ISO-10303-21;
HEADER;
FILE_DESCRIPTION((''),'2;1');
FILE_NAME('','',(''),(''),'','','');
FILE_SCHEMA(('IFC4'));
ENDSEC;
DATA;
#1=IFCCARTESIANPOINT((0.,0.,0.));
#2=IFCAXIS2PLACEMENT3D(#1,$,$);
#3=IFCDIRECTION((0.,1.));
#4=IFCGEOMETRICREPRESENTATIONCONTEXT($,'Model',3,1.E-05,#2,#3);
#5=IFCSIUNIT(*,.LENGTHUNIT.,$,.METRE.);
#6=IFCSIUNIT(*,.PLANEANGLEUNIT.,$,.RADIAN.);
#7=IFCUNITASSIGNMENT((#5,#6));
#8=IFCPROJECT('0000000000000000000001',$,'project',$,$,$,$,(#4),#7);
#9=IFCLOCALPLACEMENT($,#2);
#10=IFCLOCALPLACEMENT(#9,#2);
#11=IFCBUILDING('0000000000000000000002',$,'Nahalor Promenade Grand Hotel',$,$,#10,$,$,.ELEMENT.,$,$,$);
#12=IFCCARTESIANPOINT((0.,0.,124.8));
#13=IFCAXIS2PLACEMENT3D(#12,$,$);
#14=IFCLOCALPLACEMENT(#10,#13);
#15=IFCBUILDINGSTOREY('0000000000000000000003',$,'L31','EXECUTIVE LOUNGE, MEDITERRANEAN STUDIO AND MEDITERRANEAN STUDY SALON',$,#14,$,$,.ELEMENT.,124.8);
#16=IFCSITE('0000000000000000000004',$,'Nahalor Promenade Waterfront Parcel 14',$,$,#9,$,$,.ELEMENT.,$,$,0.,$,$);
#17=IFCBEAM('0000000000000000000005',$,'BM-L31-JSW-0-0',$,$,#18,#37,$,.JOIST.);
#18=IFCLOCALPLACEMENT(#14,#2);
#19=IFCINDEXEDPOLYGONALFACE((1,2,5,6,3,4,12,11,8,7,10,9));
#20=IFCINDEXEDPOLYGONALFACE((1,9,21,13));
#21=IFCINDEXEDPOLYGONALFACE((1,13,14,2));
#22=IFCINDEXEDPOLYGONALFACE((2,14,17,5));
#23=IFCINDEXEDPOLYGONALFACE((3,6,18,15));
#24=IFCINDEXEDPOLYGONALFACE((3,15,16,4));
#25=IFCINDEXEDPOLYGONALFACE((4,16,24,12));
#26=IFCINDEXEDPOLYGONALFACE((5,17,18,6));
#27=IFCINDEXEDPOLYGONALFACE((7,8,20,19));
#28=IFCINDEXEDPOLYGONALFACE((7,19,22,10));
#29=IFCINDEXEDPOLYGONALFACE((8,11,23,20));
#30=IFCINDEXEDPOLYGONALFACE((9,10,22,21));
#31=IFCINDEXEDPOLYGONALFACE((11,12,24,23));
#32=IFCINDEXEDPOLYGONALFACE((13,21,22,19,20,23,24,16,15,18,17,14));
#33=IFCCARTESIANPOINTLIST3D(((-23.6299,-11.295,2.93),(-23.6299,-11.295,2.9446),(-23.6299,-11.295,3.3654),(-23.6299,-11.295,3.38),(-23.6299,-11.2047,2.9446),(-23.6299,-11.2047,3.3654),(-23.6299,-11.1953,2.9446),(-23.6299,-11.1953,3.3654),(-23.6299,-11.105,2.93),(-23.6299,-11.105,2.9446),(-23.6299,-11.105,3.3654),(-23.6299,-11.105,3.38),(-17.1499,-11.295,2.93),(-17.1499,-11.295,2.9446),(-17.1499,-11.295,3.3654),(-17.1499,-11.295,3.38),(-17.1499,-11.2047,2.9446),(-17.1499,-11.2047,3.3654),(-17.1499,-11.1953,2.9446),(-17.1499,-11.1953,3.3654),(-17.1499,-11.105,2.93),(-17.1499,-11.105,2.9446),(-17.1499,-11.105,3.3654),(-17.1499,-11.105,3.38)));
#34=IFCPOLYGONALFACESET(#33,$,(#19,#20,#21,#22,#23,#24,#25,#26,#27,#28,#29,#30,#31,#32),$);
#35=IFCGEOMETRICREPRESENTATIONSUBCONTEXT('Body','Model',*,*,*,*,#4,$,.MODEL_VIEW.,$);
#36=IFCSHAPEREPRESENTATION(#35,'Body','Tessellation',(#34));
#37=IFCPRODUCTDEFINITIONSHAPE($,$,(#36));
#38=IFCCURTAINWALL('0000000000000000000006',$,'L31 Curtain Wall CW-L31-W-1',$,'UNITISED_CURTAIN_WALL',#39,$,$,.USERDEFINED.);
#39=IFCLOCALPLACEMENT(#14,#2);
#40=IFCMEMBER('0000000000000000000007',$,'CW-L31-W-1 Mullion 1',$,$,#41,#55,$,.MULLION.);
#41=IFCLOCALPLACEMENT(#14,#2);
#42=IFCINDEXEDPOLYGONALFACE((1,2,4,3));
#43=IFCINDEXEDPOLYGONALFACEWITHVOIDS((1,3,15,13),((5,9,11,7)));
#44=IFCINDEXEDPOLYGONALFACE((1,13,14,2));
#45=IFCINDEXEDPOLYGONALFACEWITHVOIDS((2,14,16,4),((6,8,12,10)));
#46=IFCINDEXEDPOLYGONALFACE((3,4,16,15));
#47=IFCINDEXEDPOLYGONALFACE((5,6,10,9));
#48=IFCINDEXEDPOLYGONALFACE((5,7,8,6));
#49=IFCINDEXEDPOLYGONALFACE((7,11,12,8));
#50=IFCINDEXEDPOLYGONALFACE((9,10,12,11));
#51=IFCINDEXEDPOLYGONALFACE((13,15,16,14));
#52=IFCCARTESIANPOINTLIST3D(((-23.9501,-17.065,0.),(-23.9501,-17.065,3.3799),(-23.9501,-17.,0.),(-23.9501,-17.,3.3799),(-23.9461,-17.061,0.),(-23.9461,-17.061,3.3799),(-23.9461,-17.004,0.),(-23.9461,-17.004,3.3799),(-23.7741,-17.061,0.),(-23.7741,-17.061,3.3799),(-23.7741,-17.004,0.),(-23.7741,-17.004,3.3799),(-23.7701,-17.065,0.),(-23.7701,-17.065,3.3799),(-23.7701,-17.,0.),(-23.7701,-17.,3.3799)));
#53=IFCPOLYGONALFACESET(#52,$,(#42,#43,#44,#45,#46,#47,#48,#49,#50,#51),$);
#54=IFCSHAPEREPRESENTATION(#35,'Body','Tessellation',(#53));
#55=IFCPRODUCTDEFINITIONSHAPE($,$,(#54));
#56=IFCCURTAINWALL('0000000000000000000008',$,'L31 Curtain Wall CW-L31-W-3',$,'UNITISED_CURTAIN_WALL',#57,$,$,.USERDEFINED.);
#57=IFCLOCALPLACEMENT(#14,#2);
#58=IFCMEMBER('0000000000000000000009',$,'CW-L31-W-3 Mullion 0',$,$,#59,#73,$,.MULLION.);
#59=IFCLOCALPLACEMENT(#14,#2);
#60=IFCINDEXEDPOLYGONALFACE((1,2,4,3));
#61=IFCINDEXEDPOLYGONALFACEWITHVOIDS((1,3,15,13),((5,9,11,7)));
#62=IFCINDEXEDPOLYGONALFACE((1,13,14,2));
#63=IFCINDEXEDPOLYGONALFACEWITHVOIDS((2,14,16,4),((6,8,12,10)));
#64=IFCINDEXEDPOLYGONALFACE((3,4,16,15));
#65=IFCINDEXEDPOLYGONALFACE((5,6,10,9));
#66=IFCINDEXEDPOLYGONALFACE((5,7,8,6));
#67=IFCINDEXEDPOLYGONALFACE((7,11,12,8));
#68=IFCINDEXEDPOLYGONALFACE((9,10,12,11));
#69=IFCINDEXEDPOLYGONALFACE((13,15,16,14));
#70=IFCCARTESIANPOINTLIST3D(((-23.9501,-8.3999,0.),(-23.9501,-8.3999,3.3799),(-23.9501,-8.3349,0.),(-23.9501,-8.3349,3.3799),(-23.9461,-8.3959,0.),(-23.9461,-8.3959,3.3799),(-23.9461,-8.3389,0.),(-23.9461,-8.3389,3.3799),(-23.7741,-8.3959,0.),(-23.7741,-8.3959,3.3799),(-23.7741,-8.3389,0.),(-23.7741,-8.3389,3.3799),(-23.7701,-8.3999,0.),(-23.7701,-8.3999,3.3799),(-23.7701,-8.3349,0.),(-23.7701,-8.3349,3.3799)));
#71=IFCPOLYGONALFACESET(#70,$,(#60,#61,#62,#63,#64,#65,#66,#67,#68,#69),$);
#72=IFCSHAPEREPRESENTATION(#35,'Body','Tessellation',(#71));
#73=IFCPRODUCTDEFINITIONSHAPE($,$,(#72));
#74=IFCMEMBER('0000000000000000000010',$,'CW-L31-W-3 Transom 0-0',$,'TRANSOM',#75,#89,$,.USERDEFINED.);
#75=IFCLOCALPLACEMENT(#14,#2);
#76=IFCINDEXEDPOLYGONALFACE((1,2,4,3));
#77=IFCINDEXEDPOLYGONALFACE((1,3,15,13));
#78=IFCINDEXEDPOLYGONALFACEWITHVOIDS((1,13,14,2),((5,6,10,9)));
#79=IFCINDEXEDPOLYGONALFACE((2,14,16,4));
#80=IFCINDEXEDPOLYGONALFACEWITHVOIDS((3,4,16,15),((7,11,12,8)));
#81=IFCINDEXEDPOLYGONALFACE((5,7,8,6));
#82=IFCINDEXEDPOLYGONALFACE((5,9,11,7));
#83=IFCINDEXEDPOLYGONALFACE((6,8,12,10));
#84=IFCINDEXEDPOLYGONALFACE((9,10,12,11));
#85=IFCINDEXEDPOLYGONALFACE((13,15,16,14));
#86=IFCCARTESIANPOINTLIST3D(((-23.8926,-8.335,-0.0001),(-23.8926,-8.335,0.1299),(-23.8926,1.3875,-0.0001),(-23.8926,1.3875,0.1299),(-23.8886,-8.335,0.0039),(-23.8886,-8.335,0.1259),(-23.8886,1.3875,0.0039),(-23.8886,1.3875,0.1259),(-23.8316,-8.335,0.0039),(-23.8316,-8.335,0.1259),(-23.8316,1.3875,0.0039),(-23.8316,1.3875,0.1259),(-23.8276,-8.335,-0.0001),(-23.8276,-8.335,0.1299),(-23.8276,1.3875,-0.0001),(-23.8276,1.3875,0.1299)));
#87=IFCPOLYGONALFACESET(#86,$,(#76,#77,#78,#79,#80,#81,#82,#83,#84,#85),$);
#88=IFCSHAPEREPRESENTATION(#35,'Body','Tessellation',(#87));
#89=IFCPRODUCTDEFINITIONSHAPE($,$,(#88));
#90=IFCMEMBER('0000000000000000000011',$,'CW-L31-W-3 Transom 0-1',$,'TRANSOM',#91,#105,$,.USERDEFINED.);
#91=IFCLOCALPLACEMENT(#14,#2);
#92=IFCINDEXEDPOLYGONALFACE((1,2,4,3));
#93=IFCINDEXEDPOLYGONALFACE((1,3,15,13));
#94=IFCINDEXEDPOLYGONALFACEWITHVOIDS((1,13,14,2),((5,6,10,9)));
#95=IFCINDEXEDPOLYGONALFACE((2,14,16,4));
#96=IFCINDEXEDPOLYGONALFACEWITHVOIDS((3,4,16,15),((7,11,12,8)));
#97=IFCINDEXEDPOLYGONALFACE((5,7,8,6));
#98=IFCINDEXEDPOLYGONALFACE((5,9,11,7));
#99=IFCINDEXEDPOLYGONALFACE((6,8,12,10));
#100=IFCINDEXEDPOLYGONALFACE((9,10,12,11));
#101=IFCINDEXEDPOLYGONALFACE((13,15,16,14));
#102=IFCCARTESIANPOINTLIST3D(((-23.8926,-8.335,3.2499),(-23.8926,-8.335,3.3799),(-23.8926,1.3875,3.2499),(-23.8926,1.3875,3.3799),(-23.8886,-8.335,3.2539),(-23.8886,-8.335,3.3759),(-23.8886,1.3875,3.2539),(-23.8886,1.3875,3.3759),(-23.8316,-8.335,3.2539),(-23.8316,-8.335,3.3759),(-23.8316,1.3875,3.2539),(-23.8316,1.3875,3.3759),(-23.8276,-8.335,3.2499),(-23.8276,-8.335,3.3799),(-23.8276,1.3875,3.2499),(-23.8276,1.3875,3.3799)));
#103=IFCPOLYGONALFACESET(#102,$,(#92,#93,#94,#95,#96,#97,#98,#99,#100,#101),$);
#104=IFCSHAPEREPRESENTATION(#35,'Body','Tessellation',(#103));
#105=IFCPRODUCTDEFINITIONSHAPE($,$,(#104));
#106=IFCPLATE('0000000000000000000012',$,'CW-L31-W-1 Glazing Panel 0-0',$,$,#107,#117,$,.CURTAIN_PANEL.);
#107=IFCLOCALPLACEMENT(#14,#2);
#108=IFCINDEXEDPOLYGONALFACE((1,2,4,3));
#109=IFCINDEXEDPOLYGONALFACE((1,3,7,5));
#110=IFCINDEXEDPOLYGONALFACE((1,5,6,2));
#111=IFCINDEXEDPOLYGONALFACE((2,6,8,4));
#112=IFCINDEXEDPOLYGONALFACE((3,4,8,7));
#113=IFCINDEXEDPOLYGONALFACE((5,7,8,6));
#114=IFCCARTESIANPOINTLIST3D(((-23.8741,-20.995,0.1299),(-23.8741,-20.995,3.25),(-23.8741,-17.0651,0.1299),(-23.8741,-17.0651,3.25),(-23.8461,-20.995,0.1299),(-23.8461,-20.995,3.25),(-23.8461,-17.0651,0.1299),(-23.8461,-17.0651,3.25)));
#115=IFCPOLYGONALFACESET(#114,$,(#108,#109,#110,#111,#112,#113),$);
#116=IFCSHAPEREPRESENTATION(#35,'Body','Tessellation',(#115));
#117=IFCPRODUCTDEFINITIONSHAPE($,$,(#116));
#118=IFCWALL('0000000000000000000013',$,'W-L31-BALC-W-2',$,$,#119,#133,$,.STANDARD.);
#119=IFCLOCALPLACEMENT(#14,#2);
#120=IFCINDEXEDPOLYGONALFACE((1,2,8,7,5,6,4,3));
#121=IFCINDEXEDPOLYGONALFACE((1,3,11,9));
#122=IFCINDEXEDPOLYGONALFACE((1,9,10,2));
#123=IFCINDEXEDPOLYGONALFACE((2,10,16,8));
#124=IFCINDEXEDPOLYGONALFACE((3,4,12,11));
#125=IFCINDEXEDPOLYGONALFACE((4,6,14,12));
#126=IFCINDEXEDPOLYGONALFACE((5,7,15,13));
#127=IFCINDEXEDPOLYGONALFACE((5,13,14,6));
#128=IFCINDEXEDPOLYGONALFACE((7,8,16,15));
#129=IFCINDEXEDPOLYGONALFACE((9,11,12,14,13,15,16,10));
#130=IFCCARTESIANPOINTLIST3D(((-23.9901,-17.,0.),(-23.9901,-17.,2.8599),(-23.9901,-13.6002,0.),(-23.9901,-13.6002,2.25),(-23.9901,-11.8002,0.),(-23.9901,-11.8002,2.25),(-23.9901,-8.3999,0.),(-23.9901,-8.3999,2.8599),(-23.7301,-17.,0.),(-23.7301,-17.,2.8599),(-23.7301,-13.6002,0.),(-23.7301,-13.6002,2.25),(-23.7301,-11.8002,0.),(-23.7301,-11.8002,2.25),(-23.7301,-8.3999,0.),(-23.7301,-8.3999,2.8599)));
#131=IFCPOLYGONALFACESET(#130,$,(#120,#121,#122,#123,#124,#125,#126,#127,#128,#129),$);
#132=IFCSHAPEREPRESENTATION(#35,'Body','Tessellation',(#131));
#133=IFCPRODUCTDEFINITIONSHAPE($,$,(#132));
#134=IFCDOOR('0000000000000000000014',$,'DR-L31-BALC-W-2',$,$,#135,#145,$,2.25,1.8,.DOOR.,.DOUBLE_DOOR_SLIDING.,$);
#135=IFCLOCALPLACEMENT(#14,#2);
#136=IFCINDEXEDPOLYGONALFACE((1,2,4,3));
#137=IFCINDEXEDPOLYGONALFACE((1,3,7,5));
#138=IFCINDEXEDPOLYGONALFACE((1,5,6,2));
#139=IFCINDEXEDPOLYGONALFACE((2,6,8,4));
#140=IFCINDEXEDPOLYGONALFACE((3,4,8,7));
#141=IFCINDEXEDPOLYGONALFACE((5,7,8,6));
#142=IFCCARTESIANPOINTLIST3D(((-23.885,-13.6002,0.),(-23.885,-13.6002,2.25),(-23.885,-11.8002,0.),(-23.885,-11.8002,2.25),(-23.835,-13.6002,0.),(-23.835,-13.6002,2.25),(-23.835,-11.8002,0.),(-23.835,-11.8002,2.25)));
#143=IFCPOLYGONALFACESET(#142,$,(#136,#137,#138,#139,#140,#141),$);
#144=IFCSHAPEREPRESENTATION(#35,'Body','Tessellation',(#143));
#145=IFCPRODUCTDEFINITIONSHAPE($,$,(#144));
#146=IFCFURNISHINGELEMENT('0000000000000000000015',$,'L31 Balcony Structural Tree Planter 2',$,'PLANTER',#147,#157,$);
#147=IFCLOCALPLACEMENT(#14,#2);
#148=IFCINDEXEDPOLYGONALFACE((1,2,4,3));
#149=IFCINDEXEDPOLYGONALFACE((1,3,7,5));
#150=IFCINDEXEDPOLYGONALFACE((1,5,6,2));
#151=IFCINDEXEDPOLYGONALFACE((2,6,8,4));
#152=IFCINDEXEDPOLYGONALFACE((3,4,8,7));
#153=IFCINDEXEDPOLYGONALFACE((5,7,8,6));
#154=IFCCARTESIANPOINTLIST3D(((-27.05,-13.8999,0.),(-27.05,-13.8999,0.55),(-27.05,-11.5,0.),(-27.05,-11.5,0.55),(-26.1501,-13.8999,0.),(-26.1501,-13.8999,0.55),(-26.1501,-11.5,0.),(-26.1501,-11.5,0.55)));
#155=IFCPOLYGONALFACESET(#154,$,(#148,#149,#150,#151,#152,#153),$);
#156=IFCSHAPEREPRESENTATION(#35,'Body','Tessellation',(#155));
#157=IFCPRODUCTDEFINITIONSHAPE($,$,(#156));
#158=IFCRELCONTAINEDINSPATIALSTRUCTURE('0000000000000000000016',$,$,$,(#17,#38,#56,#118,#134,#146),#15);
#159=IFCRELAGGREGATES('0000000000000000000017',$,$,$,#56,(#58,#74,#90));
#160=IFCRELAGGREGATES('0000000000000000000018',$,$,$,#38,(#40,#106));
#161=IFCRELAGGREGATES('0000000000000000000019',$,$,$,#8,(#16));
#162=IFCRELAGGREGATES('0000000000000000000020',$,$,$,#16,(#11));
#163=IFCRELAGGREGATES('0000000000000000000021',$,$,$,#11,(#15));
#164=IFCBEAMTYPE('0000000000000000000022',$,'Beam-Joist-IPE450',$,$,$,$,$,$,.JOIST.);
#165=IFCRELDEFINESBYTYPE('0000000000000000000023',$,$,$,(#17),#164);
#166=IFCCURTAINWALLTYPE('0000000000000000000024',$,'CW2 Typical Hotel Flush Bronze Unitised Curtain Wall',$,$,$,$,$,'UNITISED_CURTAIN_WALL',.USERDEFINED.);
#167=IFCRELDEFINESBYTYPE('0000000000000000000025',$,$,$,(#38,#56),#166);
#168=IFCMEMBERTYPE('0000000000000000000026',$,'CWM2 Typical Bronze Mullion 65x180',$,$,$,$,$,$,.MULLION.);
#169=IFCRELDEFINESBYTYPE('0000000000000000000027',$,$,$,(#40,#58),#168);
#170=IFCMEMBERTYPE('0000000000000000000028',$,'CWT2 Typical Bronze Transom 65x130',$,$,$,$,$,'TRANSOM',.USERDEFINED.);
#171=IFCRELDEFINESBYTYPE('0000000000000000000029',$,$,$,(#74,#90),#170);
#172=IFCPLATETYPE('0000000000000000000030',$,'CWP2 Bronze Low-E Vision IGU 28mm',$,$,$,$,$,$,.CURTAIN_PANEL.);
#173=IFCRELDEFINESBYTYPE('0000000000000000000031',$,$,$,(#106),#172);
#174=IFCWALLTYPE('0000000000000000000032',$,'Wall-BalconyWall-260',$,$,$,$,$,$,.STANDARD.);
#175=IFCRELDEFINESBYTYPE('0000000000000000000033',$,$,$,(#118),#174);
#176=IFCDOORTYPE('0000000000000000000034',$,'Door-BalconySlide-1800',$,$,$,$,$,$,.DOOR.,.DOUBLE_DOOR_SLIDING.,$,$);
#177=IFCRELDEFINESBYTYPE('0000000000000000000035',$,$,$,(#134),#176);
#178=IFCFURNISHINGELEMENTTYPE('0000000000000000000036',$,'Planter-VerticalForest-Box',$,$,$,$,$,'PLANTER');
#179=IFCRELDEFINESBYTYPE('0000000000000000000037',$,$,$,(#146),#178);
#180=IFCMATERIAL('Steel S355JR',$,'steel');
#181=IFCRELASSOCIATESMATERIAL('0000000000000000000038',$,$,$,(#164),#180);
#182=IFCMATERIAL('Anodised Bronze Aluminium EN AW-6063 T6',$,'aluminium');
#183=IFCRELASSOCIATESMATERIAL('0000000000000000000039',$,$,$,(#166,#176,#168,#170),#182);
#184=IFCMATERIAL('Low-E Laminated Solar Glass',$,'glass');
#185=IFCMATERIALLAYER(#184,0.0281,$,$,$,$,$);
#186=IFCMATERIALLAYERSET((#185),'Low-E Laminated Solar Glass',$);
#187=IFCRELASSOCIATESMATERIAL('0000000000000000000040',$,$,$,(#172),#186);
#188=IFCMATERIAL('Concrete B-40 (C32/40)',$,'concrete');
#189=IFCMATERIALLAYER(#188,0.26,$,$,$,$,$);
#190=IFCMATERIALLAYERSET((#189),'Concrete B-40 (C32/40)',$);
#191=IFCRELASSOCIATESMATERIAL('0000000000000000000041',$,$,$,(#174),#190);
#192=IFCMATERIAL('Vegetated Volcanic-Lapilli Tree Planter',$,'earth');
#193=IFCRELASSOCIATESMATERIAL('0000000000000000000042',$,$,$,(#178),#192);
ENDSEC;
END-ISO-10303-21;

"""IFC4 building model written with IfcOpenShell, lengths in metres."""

from ifc_helpers import new_model, si_unit, direction, frame, frame_2d, origin, origin_2d, place, context, subcontext, project, spatial, rectangle, hollow_rectangle, i_section, extrude, source, transform, mapped, material, layer, layer_set, material_profile, profile_set, type_object, element, fill, aggregate, save


model = new_model("IFC4")

# Units and contexts
model_context = context("Model", 3, precision=1e-05, world=origin(), true_north=direction((0.0, 1.0)))
body_context = subcontext(model_context, "Body", "Model", "MODEL_VIEW")
ifc_project = project(units=[si_unit("LENGTHUNIT", "METRE"), si_unit("PLANEANGLEUNIT", "RADIAN")], contexts=[model_context])

# Site, building, storey
site_placement = place(None, origin())
site = spatial("IfcSite", under=ifc_project, at=site_placement, Name="Nahalor Promenade Waterfront Parcel 14", CompositionType="ELEMENT", RefElevation=0.0)
building_placement = place(site_placement, origin())
building = spatial("IfcBuilding", under=site, at=building_placement, Name="Nahalor Promenade Grand Hotel", CompositionType="ELEMENT")
storey_placement = place(building_placement, frame((0.0, 0.0, 124.8)))
storey = spatial("IfcBuildingStorey", under=building, at=storey_placement, Name="L31", Description="EXECUTIVE LOUNGE, MEDITERRANEAN STUDIO AND MEDITERRANEAN STUDY SALON", CompositionType="ELEMENT", Elevation=124.8)

# Beam
ifc_material_1 = material(Name="Steel S355JR", Category="steel")
ifc_material_profile_1 = material_profile(ifc_material_1, i_section(OverallWidth=0.19, OverallDepth=0.45, WebThickness=0.0094, FlangeThickness=0.0146, at=origin_2d()), Name="IPE 450")
ifc_profile_set_1 = profile_set([ifc_material_profile_1], Name="Steel S355JR")
beam_type_1 = type_object("IfcBeamType", Name="Beam-Joist-IPE450", PredefinedType="JOIST", material=ifc_profile_set_1)
shared_shape_1 = source(origin(), body_context, "Body", "SweptSolid", [
    extrude(i_section(OverallWidth=0.19, OverallDepth=0.45, WebThickness=0.0094, FlangeThickness=0.0146, at=origin_2d()), origin(), (0.0, 0.0, 1.0), 6.48),
])
beam_1_placement = place(storey_placement, frame((-23.6299, -11.2, 3.155), z_axis=(1.0, 0.0, 0.0), x_axis=(0.0, 1.0, 0.0)))
element("IfcBeam", 1, at=beam_1_placement, inside=storey, type_object=beam_type_1, Name="BM-L31-JSW-0-0", PredefinedType="JOIST", context=body_context, shape_type="MappedRepresentation", body=[
    mapped(shared_shape_1, transform((0.0, 0.0, 0.0), scale=1.0)),
])

# Curtain wall, member
ifc_material_2 = material(Name="Anodised Bronze Aluminium EN AW-6063 T6", Category="aluminium")
curtain_wall_type = type_object("IfcCurtainWallType", Name="CW2 Typical Hotel Flush Bronze Unitised Curtain Wall", ElementType="UNITISED_CURTAIN_WALL", PredefinedType="USERDEFINED", material=ifc_material_2)
curtain_wall_1_placement = place(storey_placement, origin())
curtain_wall_1 = element("IfcCurtainWall", 2, at=curtain_wall_1_placement, inside=storey, type_object=curtain_wall_type, Name="L31 Curtain Wall CW-L31-W-1", ObjectType="UNITISED_CURTAIN_WALL", PredefinedType="USERDEFINED")
ifc_material_profile_2 = material_profile(ifc_material_2, hollow_rectangle(XDim=0.065, YDim=0.18, WallThickness=0.004, at=origin_2d()), Name="CWM 65x180x4")
ifc_profile_set_2 = profile_set([ifc_material_profile_2], Name="Anodised Bronze Aluminium EN AW-6063 T6")
member_type_1 = type_object("IfcMemberType", Name="CWM2 Typical Bronze Mullion 65x180", PredefinedType="MULLION", material=ifc_profile_set_2)
shared_shape_2 = source(origin(), body_context, "Body", "SweptSolid", [
    extrude(hollow_rectangle(XDim=0.065, YDim=0.18, WallThickness=0.004, at=origin_2d()), origin(), (0.0, 0.0, 1.0), 3.3799),
])
member_1_placement = place(storey_placement, frame((-23.8601, -17.0325, 0.0), z_axis=(0.0, 0.0, 1.0), x_axis=(0.0, 1.0, 0.0)))
member_1 = element("IfcMember", 3, at=member_1_placement, type_object=member_type_1, Name="CW-L31-W-1 Mullion 1", PredefinedType="MULLION", context=body_context, shape_type="MappedRepresentation", body=[
    mapped(shared_shape_2, transform((0.0, 0.0, 0.0), scale=1.0)),
])

# Curtain wall, members
curtain_wall_2_placement = place(storey_placement, origin())
curtain_wall_2 = element("IfcCurtainWall", 4, at=curtain_wall_2_placement, inside=storey, type_object=curtain_wall_type, Name="L31 Curtain Wall CW-L31-W-3", ObjectType="UNITISED_CURTAIN_WALL", PredefinedType="USERDEFINED")
member_2_placement = place(storey_placement, frame((-23.8601, -8.3674, 0.0), z_axis=(0.0, 0.0, 1.0), x_axis=(0.0, 1.0, 0.0)))
member_2 = element("IfcMember", 5, at=member_2_placement, type_object=member_type_1, Name="CW-L31-W-3 Mullion 0", PredefinedType="MULLION", context=body_context, shape_type="MappedRepresentation", body=[
    mapped(shared_shape_2, transform((0.0, 0.0, 0.0), scale=1.0)),
])
ifc_material_profile_3 = material_profile(ifc_material_2, hollow_rectangle(XDim=0.065, YDim=0.13, WallThickness=0.004, at=origin_2d()), Name="CWT 65x130x4")
ifc_profile_set_3 = profile_set([ifc_material_profile_3], Name="Anodised Bronze Aluminium EN AW-6063 T6")
member_type_2 = type_object("IfcMemberType", Name="CWT2 Typical Bronze Transom 65x130", ElementType="TRANSOM", PredefinedType="USERDEFINED", material=ifc_profile_set_3)
shared_shape_3 = source(origin(), body_context, "Body", "SweptSolid", [
    extrude(hollow_rectangle(XDim=0.065, YDim=0.13, WallThickness=0.004, at=origin_2d()), origin(), (0.0, 0.0, 1.0), 9.7224),
])
member_3_placement = place(storey_placement, frame((-23.8601, -8.335, 0.0649), z_axis=(0.0, 1.0, 0.0), x_axis=(-1.0, 0.0, 0.0)))
member_3 = element("IfcMember", 6, at=member_3_placement, type_object=member_type_2, Name="CW-L31-W-3 Transom 0-0", ObjectType="TRANSOM", PredefinedType="USERDEFINED", context=body_context, shape_type="MappedRepresentation", body=[
    mapped(shared_shape_3, transform((0.0, 0.0, 0.0), scale=1.0)),
])
member_4_placement = place(storey_placement, frame((-23.8601, -8.335, 3.3149), z_axis=(0.0, 1.0, 0.0), x_axis=(-1.0, 0.0, 0.0)))
member_4 = element("IfcMember", 7, at=member_4_placement, type_object=member_type_2, Name="CW-L31-W-3 Transom 0-1", ObjectType="TRANSOM", PredefinedType="USERDEFINED", context=body_context, shape_type="MappedRepresentation", body=[
    mapped(shared_shape_3, transform((0.0, 0.0, 0.0), scale=1.0)),
])
aggregate(curtain_wall_2, [member_2, member_3, member_4])

# Plate
ifc_material_3 = material(Name="Low-E Laminated Solar Glass", Category="glass")
ifc_layer_1 = layer(ifc_material_3, 0.0281)
ifc_layer_set_1 = layer_set([ifc_layer_1], Name="Low-E Laminated Solar Glass")
plate_type = type_object("IfcPlateType", Name="CWP2 Bronze Low-E Vision IGU 28mm", PredefinedType="CURTAIN_PANEL", material=ifc_layer_set_1)
shared_shape_4 = source(origin(), body_context, "Body", "SweptSolid", [
    extrude(rectangle(XDim=3.9299, YDim=0.0281, at=origin_2d()), origin(), (0.0, 0.0, 1.0), 3.1201),
])
plate_placement = place(storey_placement, frame((-23.8601, -19.03, 0.1299), z_axis=(0.0, 0.0, 1.0), x_axis=(0.0, 1.0, 0.0)))
plate = element("IfcPlate", 8, at=plate_placement, type_object=plate_type, Name="CW-L31-W-1 Glazing Panel 0-0", PredefinedType="CURTAIN_PANEL", context=body_context, shape_type="MappedRepresentation", body=[
    mapped(shared_shape_4, transform((0.0, 0.0, 0.0), scale=1.0)),
])
aggregate(curtain_wall_1, [member_1, plate])

# Wall, opening, door
ifc_material_4 = material(Name="Concrete B-40 (C32/40)", Category="concrete")
ifc_layer_2 = layer(ifc_material_4, 0.26)
ifc_layer_set_2 = layer_set([ifc_layer_2], Name="Concrete B-40 (C32/40)")
wall_type = type_object("IfcWallType", Name="Wall-BalconyWall-260", PredefinedType="STANDARD", material=ifc_layer_set_2)
shared_shape_5 = source(origin(), body_context, "Body", "SweptSolid", [
    extrude(rectangle(XDim=8.6001, YDim=0.26, at=frame_2d((4.3, 0.0))), origin(), (0.0, 0.0, 1.0), 2.8599),
])
wall_placement = place(storey_placement, frame((-23.8601, -17.0, 0.0), z_axis=(0.0, 0.0, 1.0), x_axis=(0.0, 1.0, 0.0)))
wall = element("IfcWall", 9, at=wall_placement, inside=storey, type_object=wall_type, Name="W-L31-BALC-W-2", PredefinedType="STANDARD", context=body_context, shape_type="MappedRepresentation", body=[
    mapped(shared_shape_5, transform((0.0, 0.0, 0.0), scale=1.0)),
])
opening_placement = place(wall_placement, frame((3.3999, 0.0, 0.0)))
opening = element("IfcOpeningElement", 10, at=opening_placement, cuts=wall, PredefinedType="OPENING", context=body_context, shape_type="SweptSolid", body=[
    extrude(rectangle(XDim=1.8, YDim=2.25, at=frame_2d((0.8999, 1.125))), frame((0.0, 0.1399, 0.0), z_axis=(0.0, -1.0, 0.0), x_axis=(1.0, 0.0, 0.0)), (0.0, 0.0, 1.0), 0.28),
])
door_type = type_object("IfcDoorType", Name="Door-BalconySlide-1800", OperationType="DOUBLE_DOOR_SLIDING", PredefinedType="DOOR", material=ifc_material_2)
shared_shape_6 = source(origin(), body_context, "Body", "SweptSolid", [
    extrude(rectangle(XDim=1.8, YDim=2.25, at=frame_2d((0.8999, 1.125))), frame((0.0, 0.0249, 0.0), z_axis=(0.0, -1.0, 0.0), x_axis=(1.0, 0.0, 0.0)), (0.0, 0.0, 1.0), 0.05),
])
door_placement = place(opening_placement, origin())
door = element("IfcDoor", 11, at=door_placement, inside=storey, type_object=door_type, Name="DR-L31-BALC-W-2", OperationType="DOUBLE_DOOR_SLIDING", OverallHeight=2.25, OverallWidth=1.8, PredefinedType="DOOR", context=body_context, shape_type="MappedRepresentation", body=[
    mapped(shared_shape_6, transform((0.0, 0.0, 0.0), scale=1.0)),
])
fill(opening, door)

# Furnishing element
ifc_material_5 = material(Name="Vegetated Volcanic-Lapilli Tree Planter", Category="earth")
furnishing_element_type = type_object("IfcFurnishingElementType", Name="Planter-VerticalForest-Box", ElementType="PLANTER", material=ifc_material_5)
shared_shape_7 = source(origin(), body_context, "Body", "SweptSolid", [
    extrude(rectangle(XDim=2.3999, YDim=0.8999, at=origin_2d()), origin(), (0.0, 0.0, 1.0), 0.55),
])
furnishing_placement = place(storey_placement, frame((-26.6001, -12.7, 0.0), z_axis=(0.0, 0.0, 1.0), x_axis=(0.0, 1.0, 0.0)))
element("IfcFurnishingElement", 12, at=furnishing_placement, inside=storey, type_object=furnishing_element_type, Name="L31 Balcony Structural Tree Planter 2", ObjectType="PLANTER", context=body_context, shape_type="MappedRepresentation", body=[
    mapped(shared_shape_7, transform((0.0, 0.0, 0.0), scale=1.0)),
])

save(model, "model.ifc")
